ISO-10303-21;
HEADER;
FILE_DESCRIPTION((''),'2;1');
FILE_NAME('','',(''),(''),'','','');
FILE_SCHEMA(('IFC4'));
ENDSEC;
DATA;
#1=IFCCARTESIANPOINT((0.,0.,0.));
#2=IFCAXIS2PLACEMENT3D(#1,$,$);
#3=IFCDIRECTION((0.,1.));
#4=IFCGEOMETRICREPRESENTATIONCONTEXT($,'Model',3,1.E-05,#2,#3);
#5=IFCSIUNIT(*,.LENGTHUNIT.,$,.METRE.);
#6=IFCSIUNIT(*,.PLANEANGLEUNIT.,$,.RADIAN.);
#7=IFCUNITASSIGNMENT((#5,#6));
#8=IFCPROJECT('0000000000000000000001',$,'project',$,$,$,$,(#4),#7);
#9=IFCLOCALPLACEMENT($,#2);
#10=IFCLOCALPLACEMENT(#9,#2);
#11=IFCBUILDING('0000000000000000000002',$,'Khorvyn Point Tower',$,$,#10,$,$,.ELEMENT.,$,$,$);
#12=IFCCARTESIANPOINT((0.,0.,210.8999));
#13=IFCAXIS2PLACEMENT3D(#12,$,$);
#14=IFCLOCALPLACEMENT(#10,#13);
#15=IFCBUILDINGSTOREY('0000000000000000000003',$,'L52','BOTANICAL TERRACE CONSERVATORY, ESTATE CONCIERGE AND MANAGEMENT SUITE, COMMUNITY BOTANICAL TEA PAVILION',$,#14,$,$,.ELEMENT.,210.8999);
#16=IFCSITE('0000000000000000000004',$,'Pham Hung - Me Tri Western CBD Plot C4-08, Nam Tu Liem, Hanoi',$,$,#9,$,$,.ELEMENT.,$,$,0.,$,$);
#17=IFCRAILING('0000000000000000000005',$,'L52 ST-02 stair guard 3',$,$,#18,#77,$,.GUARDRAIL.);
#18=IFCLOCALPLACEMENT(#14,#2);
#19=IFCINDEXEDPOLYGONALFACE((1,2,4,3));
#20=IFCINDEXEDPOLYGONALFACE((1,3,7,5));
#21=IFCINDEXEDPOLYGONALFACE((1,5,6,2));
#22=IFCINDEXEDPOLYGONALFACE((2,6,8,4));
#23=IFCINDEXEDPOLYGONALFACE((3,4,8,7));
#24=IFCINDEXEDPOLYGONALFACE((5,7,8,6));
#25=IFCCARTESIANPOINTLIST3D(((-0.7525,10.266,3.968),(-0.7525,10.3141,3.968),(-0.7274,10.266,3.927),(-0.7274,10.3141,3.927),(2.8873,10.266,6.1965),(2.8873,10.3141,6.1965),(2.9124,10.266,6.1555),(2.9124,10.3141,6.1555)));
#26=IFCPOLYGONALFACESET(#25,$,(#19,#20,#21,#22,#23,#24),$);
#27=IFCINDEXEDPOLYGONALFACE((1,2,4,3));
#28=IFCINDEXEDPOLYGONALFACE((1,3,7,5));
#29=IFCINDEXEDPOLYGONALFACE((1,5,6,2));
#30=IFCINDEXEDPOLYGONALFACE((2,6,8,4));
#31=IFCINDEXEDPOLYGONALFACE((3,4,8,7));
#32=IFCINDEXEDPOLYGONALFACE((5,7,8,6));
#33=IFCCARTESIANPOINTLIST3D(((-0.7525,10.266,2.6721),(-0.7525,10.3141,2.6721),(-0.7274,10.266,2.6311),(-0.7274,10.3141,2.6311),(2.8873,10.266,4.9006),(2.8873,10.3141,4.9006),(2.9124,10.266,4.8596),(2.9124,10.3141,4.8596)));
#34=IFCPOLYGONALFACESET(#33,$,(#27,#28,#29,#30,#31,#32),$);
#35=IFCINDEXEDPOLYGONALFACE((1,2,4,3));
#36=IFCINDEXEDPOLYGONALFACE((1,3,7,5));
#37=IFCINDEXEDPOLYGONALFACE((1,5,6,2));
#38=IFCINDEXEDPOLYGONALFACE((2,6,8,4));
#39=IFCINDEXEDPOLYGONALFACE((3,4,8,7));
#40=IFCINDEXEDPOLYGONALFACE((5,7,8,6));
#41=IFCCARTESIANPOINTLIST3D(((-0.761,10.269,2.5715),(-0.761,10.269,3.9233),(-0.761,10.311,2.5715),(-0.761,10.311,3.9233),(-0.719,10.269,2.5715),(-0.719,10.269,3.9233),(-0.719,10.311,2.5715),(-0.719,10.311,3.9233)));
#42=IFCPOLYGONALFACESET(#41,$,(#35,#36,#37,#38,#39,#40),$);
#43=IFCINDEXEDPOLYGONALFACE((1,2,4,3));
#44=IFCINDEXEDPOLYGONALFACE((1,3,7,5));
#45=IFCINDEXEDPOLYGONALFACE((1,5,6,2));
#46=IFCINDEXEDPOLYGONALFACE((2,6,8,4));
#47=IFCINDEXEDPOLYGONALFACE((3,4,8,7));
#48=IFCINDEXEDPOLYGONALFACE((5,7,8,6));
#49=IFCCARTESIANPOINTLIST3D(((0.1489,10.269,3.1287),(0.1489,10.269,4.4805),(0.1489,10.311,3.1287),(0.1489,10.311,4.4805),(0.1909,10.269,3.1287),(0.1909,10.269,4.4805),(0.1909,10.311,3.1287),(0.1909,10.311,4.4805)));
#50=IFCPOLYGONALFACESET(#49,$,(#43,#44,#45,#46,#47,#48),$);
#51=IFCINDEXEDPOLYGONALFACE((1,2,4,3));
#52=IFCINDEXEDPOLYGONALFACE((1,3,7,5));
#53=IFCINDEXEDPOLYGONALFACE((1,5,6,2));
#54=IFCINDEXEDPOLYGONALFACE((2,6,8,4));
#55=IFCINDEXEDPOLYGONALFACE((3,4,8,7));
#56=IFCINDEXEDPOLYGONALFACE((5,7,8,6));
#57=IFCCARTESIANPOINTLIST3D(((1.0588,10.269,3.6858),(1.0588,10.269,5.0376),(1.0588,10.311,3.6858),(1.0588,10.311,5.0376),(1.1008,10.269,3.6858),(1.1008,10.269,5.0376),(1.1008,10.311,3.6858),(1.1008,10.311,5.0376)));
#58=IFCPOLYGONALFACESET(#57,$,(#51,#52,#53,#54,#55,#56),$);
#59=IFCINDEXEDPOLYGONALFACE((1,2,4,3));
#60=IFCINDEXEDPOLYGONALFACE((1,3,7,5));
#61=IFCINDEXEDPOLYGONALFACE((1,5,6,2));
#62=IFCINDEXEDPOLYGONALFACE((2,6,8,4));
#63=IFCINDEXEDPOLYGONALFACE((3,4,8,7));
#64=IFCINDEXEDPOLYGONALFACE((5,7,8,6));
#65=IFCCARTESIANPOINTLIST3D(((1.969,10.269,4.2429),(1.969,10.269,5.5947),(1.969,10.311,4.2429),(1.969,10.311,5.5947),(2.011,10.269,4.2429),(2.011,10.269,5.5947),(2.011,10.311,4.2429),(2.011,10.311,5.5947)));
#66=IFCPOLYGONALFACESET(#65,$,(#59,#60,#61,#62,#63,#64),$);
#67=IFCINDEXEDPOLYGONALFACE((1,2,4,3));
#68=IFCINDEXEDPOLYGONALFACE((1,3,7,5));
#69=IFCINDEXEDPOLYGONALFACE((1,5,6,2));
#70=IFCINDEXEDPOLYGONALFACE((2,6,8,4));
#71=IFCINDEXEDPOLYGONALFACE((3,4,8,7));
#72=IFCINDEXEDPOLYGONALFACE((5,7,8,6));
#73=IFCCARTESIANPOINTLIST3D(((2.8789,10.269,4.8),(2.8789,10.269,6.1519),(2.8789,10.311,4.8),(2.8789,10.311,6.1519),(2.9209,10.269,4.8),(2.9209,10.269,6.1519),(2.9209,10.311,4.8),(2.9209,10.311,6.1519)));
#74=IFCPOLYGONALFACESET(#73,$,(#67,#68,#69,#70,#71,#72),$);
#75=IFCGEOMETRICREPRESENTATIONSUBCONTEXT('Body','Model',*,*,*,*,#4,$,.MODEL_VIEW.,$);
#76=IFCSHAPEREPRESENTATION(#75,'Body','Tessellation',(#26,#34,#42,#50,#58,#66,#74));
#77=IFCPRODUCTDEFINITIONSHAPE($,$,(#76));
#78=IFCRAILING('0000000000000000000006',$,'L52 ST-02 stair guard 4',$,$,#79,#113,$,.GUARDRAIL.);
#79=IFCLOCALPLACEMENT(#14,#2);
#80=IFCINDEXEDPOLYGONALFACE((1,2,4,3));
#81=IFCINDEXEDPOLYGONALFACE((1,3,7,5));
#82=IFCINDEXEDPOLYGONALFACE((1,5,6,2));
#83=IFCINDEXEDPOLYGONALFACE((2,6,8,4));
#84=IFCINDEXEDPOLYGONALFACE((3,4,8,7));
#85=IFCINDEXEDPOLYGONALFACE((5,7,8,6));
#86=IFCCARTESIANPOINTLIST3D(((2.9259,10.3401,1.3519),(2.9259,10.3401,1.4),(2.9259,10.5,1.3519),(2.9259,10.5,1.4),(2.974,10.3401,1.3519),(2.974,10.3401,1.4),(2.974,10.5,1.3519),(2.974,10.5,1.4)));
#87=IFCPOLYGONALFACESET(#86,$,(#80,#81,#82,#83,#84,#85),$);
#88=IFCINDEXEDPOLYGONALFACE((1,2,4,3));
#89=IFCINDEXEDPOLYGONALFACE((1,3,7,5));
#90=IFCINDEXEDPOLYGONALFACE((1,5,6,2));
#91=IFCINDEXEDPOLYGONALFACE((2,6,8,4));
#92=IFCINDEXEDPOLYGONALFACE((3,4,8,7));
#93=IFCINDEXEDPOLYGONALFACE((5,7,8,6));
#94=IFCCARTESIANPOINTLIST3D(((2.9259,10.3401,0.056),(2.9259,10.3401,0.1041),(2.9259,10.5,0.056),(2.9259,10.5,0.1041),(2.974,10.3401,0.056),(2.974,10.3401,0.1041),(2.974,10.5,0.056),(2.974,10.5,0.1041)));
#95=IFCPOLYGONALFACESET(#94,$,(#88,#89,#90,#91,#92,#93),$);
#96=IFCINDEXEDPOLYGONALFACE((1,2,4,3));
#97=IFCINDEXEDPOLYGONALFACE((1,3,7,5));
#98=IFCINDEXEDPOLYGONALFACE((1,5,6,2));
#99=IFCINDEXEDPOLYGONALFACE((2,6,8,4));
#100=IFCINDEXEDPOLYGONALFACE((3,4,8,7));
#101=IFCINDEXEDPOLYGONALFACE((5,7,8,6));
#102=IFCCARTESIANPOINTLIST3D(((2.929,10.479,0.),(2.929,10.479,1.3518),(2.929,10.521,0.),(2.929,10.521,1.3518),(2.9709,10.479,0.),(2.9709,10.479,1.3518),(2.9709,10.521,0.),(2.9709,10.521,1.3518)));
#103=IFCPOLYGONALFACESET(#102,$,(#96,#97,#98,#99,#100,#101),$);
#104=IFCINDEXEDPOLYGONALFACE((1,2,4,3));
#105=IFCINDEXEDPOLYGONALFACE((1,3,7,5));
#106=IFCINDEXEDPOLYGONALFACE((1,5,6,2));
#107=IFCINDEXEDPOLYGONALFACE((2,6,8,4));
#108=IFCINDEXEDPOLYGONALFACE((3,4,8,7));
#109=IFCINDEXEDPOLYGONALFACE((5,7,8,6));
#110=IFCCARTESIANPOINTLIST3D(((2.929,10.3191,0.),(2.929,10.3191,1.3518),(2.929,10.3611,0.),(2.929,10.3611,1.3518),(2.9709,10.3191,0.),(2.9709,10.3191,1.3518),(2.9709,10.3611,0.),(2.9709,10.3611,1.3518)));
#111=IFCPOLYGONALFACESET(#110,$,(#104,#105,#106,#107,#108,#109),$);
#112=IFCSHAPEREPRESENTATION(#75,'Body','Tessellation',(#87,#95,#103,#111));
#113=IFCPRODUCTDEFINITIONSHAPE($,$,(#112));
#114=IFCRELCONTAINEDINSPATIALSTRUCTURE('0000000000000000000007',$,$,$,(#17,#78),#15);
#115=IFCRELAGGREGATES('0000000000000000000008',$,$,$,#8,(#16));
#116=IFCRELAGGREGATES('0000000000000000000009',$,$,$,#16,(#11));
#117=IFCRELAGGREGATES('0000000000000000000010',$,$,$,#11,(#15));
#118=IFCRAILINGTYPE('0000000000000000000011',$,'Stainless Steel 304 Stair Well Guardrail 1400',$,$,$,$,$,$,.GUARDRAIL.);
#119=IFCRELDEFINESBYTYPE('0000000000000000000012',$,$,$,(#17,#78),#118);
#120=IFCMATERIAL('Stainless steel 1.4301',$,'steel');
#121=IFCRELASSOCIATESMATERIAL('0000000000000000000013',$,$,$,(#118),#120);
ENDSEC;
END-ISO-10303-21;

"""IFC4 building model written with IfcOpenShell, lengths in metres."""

from ifc_helpers import new_model, si_unit, direction, frame, origin, origin_2d, place, context, subcontext, project, spatial, rectangle, extrude, material, type_object, element, save


model = new_model("IFC4")

# Units and contexts
model_context = context("Model", 3, precision=1e-05, world=origin(), true_north=direction((0.0, 1.0)))
body_context = subcontext(model_context, "Body", "Model", "MODEL_VIEW")
ifc_project = project(units=[si_unit("LENGTHUNIT", "METRE"), si_unit("PLANEANGLEUNIT", "RADIAN")], contexts=[model_context])

# Site, building, storey
site_placement = place(None, origin())
site = spatial("IfcSite", under=ifc_project, at=site_placement, Name="Pham Hung - Me Tri Western CBD Plot C4-08, Nam Tu Liem, Hanoi", CompositionType="ELEMENT", RefElevation=0.0)
building_placement = place(site_placement, origin())
building = spatial("IfcBuilding", under=site, at=building_placement, Name="Khorvyn Point Tower", CompositionType="ELEMENT")
storey_placement = place(building_placement, frame((0.0, 0.0, 210.8999)))
storey = spatial("IfcBuildingStorey", under=building, at=storey_placement, Name="L52", Description="BOTANICAL TERRACE CONSERVATORY, ESTATE CONCIERGE AND MANAGEMENT SUITE, COMMUNITY BOTANICAL TEA PAVILION", CompositionType="ELEMENT", Elevation=210.8999)

# Shared definitions
ifc_material_1 = material(Name="Stainless steel 1.4301", Category="steel")

# Railings
railing_type_1 = type_object("IfcRailingType", Name="Stainless Steel 304 Stair Well Guardrail 1400", PredefinedType="GUARDRAIL", material=ifc_material_1)
railing_1_placement = place(storey_placement, frame((-0.74, 10.29, 2.5715)))
element("IfcRailing", 1, at=railing_1_placement, inside=storey, type_object=railing_type_1, Name="L52 ST-02 stair guard 3", PredefinedType="GUARDRAIL", context=body_context, shape_type="SweptSolid", body=[
    extrude(rectangle(XDim=0.0481, YDim=0.0481, at=origin_2d()), frame((0.0, 0.0, 1.376), z_axis=(0.85285, 0.0, 0.522156), x_axis=(0.0, 1.0, 0.0)), (0.0, 0.0, 1.0), 4.2678),
    extrude(rectangle(XDim=0.0481, YDim=0.0481, at=origin_2d()), frame((0.0, 0.0, 0.0801), z_axis=(0.85285, 0.0, 0.522156), x_axis=(0.0, 1.0, 0.0)), (0.0, 0.0, 1.0), 4.2678),
    extrude(rectangle(XDim=0.042, YDim=0.042, at=origin_2d()), origin(), (0.0, 0.0, 1.0), 1.3518),
    extrude(rectangle(XDim=0.042, YDim=0.042, at=origin_2d()), frame((0.9099, 0.0, 0.5571)), (0.0, 0.0, 1.0), 1.3518),
    extrude(rectangle(XDim=0.042, YDim=0.042, at=origin_2d()), frame((1.8198, 0.0, 1.1143)), (0.0, 0.0, 1.0), 1.3518),
    extrude(rectangle(XDim=0.042, YDim=0.042, at=origin_2d()), frame((2.73, 0.0, 1.6714)), (0.0, 0.0, 1.0), 1.3518),
    extrude(rectangle(XDim=0.042, YDim=0.042, at=origin_2d()), frame((3.6399, 0.0, 2.2285)), (0.0, 0.0, 1.0), 1.3518),
])
railing_2_placement = place(storey_placement, frame((2.95, 10.5, 0.0)))
element("IfcRailing", 2, at=railing_2_placement, inside=storey, type_object=railing_type_1, Name="L52 ST-02 stair guard 4", PredefinedType="GUARDRAIL", context=body_context, shape_type="SweptSolid", body=[
    extrude(rectangle(XDim=0.0481, YDim=0.0481, at=origin_2d()), frame((0.0, 0.0, 1.376), z_axis=(0.0, -1.0, 0.0), x_axis=(1.0, 0.0, 0.0)), (0.0, 0.0, 1.0), 0.1599),
    extrude(rectangle(XDim=0.0481, YDim=0.0481, at=origin_2d()), frame((0.0, 0.0, 0.0801), z_axis=(0.0, -1.0, 0.0), x_axis=(1.0, 0.0, 0.0)), (0.0, 0.0, 1.0), 0.1599),
    extrude(rectangle(XDim=0.042, YDim=0.042, at=origin_2d()), origin(), (0.0, 0.0, 1.0), 1.3518),
    extrude(rectangle(XDim=0.042, YDim=0.042, at=origin_2d()), frame((0.0, -0.1599, 0.0)), (0.0, 0.0, 1.0), 1.3518),
])

save(model, "model.ifc")
